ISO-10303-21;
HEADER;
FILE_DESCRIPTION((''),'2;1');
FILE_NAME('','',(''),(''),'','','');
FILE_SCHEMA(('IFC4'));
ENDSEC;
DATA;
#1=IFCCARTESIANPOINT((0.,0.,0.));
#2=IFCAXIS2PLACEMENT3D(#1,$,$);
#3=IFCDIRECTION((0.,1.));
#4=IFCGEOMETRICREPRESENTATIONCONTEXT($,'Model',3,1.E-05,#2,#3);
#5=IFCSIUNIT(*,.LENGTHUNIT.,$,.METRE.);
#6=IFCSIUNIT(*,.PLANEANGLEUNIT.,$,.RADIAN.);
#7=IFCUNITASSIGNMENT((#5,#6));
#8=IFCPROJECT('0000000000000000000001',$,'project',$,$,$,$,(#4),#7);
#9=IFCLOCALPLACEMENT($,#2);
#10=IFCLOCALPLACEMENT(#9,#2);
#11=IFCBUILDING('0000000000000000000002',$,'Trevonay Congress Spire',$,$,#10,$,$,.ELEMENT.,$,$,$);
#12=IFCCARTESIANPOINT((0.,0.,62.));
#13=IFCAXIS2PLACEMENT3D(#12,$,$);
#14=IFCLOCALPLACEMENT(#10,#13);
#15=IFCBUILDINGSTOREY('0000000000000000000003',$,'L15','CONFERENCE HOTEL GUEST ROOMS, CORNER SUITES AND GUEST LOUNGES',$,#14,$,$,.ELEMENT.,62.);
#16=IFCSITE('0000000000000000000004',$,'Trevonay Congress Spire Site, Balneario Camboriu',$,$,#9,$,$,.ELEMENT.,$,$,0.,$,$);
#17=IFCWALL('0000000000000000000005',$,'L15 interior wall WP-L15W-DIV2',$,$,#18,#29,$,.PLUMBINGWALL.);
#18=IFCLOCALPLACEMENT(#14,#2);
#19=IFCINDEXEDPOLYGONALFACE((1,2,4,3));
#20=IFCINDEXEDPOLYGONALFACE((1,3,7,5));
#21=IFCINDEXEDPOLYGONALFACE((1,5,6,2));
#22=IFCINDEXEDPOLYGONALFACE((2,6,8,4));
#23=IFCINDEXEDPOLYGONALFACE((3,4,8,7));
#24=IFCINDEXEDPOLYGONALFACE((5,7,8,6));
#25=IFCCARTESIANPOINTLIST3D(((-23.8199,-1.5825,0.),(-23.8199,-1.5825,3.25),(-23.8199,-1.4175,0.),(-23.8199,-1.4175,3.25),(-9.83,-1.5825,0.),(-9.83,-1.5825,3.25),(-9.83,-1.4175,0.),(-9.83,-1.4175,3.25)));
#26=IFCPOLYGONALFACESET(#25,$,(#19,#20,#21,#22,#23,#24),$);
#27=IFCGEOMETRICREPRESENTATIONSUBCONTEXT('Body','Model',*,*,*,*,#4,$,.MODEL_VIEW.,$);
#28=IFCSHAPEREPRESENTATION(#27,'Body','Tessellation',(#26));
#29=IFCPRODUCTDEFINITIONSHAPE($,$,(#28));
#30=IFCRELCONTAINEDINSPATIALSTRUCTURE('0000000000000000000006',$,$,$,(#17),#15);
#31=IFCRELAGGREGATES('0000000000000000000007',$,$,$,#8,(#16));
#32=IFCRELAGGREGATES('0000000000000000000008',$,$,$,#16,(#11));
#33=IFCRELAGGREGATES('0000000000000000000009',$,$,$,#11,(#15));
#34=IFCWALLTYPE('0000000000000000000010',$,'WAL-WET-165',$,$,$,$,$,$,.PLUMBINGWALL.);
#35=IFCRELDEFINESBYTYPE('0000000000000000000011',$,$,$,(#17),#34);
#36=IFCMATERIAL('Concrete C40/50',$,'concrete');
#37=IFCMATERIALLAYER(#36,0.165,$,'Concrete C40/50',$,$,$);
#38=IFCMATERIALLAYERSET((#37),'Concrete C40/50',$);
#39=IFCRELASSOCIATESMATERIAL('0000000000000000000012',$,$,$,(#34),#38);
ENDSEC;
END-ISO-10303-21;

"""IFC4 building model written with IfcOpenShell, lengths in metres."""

from ifc_helpers import new_model, si_unit, direction, frame, frame_2d, origin, place, context, subcontext, project, spatial, rectangle, extrude, material, layer, layer_set, type_object, element, save


model = new_model("IFC4")

# Units and contexts
model_context = context("Model", 3, precision=1e-05, world=origin(), true_north=direction((0.0, 1.0)))
body_context = subcontext(model_context, "Body", "Model", "MODEL_VIEW")
ifc_project = project(units=[si_unit("LENGTHUNIT", "METRE"), si_unit("PLANEANGLEUNIT", "RADIAN")], contexts=[model_context])

# Site, building, storey
site_placement = place(None, origin())
site = spatial("IfcSite", under=ifc_project, at=site_placement, Name="Trevonay Congress Spire Site, Balneario Camboriu", CompositionType="ELEMENT", RefElevation=0.0)
building_placement = place(site_placement, origin())
building = spatial("IfcBuilding", under=site, at=building_placement, Name="Trevonay Congress Spire", CompositionType="ELEMENT")
storey_placement = place(building_placement, frame((0.0, 0.0, 62.0)))
storey = spatial("IfcBuildingStorey", under=building, at=storey_placement, Name="L15", Description="CONFERENCE HOTEL GUEST ROOMS, CORNER SUITES AND GUEST LOUNGES", CompositionType="ELEMENT", Elevation=62.0)

# Wall
ifc_material_1 = material(Name="Concrete C40/50", Category="concrete")
ifc_layer_1 = layer(ifc_material_1, 0.165, Name="Concrete C40/50")
ifc_layer_set_1 = layer_set([ifc_layer_1], Name="Concrete C40/50")
wall_type = type_object("IfcWallType", Name="WAL-WET-165", PredefinedType="PLUMBINGWALL", material=ifc_layer_set_1)
for number, where, z_axis, x_axis, name in (
    (1, (-23.8201, -1.5, 0.0), (0.0, 0.0, 1.0), (1.0, 0.0, 0.0), "L15 interior wall WP-L15W-DIV2"),
):
    element("IfcWall", number, at=place(storey_placement, frame(where, z_axis=z_axis, x_axis=x_axis)), inside=storey, type_object=wall_type, Name=name, PredefinedType="PLUMBINGWALL", context=body_context, shape_type="SweptSolid", body=[
        extrude(rectangle(XDim=13.99, YDim=0.165, at=frame_2d((6.9951, 0.0))), origin(), (0.0, 0.0, 1.0), 3.25),
    ])

save(model, "model.ifc")
